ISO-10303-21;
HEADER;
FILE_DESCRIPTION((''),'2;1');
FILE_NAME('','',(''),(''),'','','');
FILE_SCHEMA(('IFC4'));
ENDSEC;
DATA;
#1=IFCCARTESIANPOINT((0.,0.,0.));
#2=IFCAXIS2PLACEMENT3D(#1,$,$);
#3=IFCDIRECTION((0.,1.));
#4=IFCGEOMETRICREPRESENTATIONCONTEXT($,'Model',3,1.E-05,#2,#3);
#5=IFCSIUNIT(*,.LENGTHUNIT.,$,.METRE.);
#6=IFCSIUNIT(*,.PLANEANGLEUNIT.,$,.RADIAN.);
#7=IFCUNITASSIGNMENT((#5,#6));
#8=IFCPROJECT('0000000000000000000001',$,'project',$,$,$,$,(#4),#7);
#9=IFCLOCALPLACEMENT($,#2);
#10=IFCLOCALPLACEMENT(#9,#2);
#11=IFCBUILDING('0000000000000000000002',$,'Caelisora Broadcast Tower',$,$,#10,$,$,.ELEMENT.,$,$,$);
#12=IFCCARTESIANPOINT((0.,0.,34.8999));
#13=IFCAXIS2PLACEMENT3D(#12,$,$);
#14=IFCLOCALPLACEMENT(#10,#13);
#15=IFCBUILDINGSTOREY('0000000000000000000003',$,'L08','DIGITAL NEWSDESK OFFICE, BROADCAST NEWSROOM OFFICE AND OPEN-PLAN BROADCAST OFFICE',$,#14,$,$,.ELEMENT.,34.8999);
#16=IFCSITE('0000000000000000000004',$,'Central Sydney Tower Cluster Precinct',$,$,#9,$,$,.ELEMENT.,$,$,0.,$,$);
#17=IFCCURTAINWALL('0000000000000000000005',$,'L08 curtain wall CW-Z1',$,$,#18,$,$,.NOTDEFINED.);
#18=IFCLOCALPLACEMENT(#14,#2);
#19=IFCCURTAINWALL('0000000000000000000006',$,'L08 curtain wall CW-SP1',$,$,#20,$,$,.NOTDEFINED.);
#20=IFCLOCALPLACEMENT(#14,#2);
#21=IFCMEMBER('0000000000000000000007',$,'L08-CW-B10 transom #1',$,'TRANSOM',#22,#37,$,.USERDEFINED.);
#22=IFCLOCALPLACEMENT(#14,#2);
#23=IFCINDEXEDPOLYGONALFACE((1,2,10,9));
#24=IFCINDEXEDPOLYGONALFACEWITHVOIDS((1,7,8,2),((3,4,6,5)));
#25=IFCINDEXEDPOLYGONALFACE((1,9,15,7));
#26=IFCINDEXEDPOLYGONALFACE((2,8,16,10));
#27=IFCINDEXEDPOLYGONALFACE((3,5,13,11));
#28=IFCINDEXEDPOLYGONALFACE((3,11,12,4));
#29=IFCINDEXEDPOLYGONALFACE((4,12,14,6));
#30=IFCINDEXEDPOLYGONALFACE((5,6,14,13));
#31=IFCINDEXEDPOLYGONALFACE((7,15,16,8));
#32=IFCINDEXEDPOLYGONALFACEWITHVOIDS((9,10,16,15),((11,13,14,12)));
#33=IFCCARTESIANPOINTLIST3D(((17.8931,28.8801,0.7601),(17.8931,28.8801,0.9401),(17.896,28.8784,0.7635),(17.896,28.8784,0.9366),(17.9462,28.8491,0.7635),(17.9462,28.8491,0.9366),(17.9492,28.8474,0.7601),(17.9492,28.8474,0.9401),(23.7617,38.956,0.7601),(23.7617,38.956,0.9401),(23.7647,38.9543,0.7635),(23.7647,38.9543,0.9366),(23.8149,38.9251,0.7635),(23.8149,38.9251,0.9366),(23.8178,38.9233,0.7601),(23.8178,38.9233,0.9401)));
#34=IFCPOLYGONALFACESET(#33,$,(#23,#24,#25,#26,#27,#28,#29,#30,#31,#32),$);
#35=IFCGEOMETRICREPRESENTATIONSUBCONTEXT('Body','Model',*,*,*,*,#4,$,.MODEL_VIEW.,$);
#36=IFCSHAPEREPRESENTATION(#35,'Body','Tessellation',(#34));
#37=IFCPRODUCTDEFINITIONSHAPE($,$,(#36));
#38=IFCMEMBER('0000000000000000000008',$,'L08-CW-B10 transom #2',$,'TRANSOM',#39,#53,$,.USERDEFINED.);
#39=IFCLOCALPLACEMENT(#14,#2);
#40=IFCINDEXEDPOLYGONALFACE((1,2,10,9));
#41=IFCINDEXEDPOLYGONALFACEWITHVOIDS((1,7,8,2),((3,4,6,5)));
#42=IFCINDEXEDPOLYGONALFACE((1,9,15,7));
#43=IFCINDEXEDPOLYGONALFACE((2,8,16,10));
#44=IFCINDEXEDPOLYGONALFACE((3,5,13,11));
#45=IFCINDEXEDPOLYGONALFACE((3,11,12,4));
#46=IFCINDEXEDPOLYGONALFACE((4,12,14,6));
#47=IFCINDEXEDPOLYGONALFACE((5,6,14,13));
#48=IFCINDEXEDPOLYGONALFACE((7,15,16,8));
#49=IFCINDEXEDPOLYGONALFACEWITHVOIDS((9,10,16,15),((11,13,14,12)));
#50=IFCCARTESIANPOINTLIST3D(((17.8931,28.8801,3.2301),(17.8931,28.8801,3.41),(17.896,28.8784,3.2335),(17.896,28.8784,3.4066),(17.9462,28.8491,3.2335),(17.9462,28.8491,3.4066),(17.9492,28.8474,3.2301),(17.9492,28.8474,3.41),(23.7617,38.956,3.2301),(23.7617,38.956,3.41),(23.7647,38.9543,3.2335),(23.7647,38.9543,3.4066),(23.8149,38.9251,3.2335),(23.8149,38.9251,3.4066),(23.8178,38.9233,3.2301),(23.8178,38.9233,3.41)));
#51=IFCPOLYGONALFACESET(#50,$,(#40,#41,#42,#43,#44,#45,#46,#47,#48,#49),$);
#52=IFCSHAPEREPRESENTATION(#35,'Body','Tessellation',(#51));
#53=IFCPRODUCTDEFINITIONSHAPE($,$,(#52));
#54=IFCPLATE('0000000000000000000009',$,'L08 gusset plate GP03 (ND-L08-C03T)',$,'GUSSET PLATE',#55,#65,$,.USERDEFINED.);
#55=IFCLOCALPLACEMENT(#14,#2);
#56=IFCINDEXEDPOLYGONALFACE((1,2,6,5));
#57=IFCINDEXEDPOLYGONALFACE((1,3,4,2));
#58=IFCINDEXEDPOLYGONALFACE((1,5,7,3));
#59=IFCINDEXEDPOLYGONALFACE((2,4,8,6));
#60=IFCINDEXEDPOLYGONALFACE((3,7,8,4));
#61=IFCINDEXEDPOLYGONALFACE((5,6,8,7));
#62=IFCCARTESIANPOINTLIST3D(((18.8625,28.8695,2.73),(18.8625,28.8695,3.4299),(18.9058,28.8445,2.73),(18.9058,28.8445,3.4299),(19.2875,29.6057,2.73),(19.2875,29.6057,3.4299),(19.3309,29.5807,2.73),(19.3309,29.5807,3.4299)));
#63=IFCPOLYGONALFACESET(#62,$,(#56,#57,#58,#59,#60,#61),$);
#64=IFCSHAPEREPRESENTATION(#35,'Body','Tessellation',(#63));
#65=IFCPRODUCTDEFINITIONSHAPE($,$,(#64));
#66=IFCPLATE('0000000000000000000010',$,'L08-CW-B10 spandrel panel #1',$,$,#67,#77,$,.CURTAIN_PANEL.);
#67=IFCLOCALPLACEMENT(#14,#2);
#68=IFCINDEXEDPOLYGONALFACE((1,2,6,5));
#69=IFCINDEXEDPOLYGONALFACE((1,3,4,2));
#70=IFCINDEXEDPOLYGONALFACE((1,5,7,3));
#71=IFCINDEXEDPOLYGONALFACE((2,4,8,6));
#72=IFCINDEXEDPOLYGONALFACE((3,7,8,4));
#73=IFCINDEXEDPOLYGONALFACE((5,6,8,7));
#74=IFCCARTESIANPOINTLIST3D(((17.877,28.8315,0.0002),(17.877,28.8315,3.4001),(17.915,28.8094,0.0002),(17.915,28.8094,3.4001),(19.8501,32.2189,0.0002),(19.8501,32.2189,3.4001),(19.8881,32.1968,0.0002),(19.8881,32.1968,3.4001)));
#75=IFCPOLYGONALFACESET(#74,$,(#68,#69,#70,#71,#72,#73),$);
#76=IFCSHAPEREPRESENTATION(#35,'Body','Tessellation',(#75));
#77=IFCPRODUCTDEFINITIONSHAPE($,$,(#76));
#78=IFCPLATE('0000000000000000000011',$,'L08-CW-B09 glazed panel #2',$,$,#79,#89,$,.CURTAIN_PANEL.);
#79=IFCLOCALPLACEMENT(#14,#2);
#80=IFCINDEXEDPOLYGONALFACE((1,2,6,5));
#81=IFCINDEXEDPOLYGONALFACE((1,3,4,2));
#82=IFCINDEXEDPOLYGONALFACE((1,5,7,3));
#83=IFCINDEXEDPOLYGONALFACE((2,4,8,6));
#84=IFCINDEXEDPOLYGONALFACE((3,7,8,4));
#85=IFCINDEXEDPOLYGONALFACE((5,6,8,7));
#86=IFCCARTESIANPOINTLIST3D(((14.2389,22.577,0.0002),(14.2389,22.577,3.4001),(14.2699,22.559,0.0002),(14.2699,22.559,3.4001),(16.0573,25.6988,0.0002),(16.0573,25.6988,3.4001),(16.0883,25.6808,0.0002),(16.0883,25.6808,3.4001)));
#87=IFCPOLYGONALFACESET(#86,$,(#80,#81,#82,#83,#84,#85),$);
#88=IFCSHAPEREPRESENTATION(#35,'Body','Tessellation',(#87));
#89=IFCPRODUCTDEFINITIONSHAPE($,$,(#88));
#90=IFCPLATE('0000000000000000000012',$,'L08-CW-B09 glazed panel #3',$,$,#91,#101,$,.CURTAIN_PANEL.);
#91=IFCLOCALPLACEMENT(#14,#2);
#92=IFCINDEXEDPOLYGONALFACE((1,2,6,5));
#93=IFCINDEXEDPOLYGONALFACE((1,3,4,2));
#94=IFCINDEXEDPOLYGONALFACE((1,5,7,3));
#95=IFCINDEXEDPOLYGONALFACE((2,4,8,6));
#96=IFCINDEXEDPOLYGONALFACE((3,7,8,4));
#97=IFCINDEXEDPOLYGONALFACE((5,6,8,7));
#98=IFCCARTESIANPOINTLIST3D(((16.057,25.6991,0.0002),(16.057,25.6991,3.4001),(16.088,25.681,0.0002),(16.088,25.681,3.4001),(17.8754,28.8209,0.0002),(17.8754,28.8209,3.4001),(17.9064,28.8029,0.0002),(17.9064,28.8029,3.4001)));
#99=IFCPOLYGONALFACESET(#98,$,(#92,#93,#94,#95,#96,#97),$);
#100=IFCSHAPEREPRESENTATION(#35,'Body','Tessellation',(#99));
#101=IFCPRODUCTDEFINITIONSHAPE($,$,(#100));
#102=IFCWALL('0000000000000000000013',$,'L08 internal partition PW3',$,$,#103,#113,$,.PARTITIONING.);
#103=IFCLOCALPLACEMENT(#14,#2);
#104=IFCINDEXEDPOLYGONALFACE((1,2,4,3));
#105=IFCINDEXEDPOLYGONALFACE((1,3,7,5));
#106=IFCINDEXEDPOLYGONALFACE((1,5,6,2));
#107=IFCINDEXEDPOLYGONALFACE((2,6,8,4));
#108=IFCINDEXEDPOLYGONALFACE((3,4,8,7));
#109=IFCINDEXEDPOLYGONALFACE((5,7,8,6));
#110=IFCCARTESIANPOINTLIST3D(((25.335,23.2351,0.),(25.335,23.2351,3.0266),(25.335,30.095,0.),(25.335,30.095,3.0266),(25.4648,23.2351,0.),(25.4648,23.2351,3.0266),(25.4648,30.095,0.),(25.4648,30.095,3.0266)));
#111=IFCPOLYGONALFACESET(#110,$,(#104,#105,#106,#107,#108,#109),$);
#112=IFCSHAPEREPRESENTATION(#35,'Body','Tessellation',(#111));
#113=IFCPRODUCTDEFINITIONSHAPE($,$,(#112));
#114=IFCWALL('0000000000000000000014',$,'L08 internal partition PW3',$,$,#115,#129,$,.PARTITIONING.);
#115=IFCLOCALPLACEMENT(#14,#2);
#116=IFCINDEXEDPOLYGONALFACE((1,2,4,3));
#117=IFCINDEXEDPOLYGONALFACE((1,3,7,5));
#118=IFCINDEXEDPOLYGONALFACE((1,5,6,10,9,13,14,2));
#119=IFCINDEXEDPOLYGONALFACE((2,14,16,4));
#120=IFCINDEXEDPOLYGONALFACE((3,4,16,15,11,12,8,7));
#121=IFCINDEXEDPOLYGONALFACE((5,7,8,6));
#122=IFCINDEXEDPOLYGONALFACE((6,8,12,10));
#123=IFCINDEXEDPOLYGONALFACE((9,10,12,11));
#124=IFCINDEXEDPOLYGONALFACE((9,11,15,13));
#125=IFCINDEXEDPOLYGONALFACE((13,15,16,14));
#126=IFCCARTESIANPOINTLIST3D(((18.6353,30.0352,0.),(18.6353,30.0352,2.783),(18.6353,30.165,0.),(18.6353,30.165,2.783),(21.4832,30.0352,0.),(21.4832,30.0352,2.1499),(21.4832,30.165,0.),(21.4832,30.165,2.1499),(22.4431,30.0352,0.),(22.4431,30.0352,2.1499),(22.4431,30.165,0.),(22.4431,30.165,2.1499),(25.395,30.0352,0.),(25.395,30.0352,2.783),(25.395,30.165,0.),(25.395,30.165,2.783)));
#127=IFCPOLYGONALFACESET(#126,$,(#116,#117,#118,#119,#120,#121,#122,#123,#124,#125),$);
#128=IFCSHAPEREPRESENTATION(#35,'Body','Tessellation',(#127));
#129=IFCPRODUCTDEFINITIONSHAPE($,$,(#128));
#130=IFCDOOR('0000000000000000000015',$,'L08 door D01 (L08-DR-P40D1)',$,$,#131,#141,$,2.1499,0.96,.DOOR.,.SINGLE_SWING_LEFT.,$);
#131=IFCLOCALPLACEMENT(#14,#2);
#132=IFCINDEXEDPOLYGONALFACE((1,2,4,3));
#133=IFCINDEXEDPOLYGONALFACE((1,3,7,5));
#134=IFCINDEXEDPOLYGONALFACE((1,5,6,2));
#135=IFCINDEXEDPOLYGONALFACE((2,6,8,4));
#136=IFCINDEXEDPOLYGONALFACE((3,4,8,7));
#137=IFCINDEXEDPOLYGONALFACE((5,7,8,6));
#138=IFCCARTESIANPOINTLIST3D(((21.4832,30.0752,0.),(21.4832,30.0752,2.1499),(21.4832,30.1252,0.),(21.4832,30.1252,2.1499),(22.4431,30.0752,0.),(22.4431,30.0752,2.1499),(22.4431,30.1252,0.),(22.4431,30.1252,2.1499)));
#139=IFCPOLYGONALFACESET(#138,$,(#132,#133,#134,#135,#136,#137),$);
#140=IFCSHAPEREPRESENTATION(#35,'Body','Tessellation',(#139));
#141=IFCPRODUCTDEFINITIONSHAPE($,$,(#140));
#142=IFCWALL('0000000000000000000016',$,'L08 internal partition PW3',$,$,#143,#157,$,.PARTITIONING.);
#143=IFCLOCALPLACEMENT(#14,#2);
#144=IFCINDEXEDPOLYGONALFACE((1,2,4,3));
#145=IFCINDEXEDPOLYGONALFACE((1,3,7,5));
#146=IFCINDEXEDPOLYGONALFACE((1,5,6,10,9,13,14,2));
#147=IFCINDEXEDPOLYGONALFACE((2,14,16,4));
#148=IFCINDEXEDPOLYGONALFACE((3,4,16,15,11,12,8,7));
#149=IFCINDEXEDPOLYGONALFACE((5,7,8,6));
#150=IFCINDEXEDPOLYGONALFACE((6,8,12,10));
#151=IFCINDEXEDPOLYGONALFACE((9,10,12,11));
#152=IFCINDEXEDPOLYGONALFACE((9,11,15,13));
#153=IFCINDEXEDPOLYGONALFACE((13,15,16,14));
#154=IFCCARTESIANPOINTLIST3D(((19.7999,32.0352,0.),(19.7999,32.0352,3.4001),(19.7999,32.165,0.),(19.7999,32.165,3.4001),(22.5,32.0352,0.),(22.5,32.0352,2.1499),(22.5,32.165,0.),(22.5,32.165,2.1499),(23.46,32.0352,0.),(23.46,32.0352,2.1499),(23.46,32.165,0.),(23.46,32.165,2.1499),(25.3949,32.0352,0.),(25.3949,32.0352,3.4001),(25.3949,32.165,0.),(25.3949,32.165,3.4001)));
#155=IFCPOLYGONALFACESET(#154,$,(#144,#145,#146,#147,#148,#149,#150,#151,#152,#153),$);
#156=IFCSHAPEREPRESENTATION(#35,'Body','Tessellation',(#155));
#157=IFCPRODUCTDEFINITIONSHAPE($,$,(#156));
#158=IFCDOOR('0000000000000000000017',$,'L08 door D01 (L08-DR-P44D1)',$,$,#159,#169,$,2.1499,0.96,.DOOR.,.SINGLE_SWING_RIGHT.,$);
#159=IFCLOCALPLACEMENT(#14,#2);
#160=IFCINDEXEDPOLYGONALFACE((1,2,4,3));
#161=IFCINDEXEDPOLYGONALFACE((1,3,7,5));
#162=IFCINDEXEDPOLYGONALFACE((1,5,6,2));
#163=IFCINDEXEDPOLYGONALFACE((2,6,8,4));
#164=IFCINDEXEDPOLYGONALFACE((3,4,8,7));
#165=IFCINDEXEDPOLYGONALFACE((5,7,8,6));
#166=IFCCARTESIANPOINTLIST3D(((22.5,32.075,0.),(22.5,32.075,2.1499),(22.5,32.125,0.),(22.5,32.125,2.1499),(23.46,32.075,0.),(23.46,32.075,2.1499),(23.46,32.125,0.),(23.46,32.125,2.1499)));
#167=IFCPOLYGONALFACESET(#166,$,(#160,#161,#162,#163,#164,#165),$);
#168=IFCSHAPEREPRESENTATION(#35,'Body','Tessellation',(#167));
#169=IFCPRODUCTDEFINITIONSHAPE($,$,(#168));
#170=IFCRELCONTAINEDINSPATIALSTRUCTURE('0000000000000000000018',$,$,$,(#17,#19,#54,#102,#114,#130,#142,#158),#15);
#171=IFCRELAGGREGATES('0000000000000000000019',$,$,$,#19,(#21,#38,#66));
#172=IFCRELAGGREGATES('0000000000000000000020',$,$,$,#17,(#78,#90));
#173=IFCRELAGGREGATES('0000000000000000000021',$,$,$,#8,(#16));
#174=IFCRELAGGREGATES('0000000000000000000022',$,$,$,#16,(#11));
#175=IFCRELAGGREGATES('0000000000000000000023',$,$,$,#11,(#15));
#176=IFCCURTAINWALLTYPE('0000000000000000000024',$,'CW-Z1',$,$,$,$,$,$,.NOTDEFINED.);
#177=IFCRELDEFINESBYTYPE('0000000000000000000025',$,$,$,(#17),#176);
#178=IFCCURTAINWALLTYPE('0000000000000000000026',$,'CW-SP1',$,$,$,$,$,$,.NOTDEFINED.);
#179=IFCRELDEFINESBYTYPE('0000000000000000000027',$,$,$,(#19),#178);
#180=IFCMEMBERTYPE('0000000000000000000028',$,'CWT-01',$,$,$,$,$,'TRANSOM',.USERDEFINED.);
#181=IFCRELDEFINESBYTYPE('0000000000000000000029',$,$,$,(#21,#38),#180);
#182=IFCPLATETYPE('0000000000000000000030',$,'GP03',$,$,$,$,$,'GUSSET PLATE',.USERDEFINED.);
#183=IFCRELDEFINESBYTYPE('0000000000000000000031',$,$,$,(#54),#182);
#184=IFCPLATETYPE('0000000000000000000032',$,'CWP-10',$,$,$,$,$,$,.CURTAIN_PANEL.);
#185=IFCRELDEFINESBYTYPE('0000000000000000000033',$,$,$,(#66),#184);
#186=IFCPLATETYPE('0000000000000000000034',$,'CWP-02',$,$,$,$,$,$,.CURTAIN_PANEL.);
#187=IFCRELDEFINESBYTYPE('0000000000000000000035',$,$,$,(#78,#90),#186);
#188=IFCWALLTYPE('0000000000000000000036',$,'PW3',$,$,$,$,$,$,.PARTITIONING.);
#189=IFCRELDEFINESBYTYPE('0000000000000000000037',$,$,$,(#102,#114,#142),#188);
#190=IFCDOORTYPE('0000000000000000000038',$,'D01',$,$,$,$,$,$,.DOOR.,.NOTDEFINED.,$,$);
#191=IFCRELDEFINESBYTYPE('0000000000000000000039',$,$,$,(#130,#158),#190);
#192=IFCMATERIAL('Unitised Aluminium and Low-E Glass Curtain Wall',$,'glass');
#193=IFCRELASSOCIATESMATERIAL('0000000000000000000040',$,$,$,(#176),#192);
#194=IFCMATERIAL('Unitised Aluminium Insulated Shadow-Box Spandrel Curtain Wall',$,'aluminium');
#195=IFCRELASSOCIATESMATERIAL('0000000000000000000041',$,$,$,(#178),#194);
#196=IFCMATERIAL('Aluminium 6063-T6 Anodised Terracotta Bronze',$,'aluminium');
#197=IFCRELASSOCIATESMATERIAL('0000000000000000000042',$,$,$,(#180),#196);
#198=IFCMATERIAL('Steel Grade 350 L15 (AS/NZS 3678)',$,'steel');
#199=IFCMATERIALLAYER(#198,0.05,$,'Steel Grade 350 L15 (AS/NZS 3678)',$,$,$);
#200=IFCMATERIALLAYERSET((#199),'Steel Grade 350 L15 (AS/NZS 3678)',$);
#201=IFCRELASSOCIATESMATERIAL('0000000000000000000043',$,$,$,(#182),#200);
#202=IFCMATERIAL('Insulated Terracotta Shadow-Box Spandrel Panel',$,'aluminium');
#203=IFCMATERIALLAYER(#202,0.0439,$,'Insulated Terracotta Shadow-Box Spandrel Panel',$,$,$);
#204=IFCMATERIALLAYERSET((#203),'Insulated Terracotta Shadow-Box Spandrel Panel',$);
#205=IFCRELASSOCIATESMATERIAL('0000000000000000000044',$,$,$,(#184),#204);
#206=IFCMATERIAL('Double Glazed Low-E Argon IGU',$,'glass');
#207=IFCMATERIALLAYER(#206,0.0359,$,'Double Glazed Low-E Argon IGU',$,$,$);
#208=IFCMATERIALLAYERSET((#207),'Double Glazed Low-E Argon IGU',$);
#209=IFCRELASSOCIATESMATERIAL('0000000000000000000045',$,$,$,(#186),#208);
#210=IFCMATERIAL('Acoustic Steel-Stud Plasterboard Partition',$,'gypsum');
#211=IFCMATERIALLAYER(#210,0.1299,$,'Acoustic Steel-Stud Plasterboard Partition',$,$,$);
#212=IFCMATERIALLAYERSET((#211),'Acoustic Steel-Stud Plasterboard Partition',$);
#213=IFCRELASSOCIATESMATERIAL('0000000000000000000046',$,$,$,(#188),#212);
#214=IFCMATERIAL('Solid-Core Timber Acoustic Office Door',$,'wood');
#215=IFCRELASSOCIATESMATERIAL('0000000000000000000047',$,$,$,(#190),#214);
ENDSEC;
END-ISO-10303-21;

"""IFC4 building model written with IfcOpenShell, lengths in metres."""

from ifc_helpers import new_model, si_unit, direction, frame, frame_2d, origin, origin_2d, place, context, subcontext, project, spatial, rectangle, hollow_rectangle, extrude, source, transform, mapped, material, layer, layer_set, material_profile, profile_set, type_object, type_shapes, element, fill, aggregate, save


model = new_model("IFC4")

# Units and contexts
model_context = context("Model", 3, precision=1e-05, world=origin(), true_north=direction((0.0, 1.0)))
body_context = subcontext(model_context, "Body", "Model", "MODEL_VIEW")
ifc_project = project(units=[si_unit("LENGTHUNIT", "METRE"), si_unit("PLANEANGLEUNIT", "RADIAN")], contexts=[model_context])

# Site, building, storey
site_placement = place(None, origin())
site = spatial("IfcSite", under=ifc_project, at=site_placement, Name="Central Sydney Tower Cluster Precinct", CompositionType="ELEMENT", RefElevation=0.0)
building_placement = place(site_placement, origin())
building = spatial("IfcBuilding", under=site, at=building_placement, Name="Caelisora Broadcast Tower", CompositionType="ELEMENT")
storey_placement = place(building_placement, frame((0.0, 0.0, 34.8999)))
storey = spatial("IfcBuildingStorey", under=building, at=storey_placement, Name="L08", Description="DIGITAL NEWSDESK OFFICE, BROADCAST NEWSROOM OFFICE AND OPEN-PLAN BROADCAST OFFICE", CompositionType="ELEMENT", Elevation=34.8999)

# Shared definitions
ifc_material_1 = material(Name="Steel Grade 350 L15 (AS/NZS 3678)", Category="steel")

# Curtain walls, members
ifc_material_2 = material(Name="Unitised Aluminium and Low-E Glass Curtain Wall", Category="glass")
curtain_wall_type_1 = type_object("IfcCurtainWallType", Name="CW-Z1", PredefinedType="NOTDEFINED", material=ifc_material_2)
curtain_wall_1_placement = place(storey_placement, origin())
curtain_wall_1 = element("IfcCurtainWall", 1, at=curtain_wall_1_placement, inside=storey, type_object=curtain_wall_type_1, Name="L08 curtain wall CW-Z1", PredefinedType="NOTDEFINED")
ifc_material_3 = material(Name="Aluminium 6063-T6 Anodised Terracotta Bronze", Category="aluminium")
ifc_material_4 = material(Name="Unitised Aluminium Insulated Shadow-Box Spandrel Curtain Wall", Category="aluminium")
curtain_wall_type_2 = type_object("IfcCurtainWallType", Name="CW-SP1", PredefinedType="NOTDEFINED", material=ifc_material_4)
curtain_wall_2_placement = place(storey_placement, origin())
curtain_wall_2 = element("IfcCurtainWall", 2, at=curtain_wall_2_placement, inside=storey, type_object=curtain_wall_type_2, Name="L08 curtain wall CW-SP1", PredefinedType="NOTDEFINED")
ifc_material_profile_1 = material_profile(ifc_material_3, hollow_rectangle(XDim=0.0649, YDim=0.1799, WallThickness=0.0034, at=origin_2d()), Name="Aluminium 6063-T6 Anodised Terracotta Bronze")
ifc_profile_set_1 = profile_set([ifc_material_profile_1], Name="Aluminium 6063-T6 Anodised Terracotta Bronze")
member_type_1 = type_object("IfcMemberType", Name="CWT-01", ElementType="TRANSOM", PredefinedType="USERDEFINED", material=ifc_profile_set_1)
shared_shape_1 = source(origin(), body_context, "Body", "SweptSolid", [
    extrude(hollow_rectangle(XDim=0.0649, YDim=0.1799, WallThickness=0.0034, at=origin_2d()), origin(), (0.0, 0.0, 1.0), 11.6604),
])
type_shapes(member_type_1, [shared_shape_1])
member_1_placement = place(storey_placement, frame((17.9211, 28.8638, 0.8501), z_axis=(0.503297, 0.864114, 0.0), x_axis=(-0.864114, 0.503297, 0.0)))
member_1 = element("IfcMember", 3, at=member_1_placement, type_object=member_type_1, Name="L08-CW-B10 transom #1", ObjectType="TRANSOM", PredefinedType="USERDEFINED", context=body_context, shape_type="MappedRepresentation", body=[
    mapped(shared_shape_1, transform((0.0, 0.0, 0.0), scale=1.0)),
])
member_2_placement = place(storey_placement, frame((17.9211, 28.8638, 3.3201), z_axis=(0.503297, 0.864114, 0.0), x_axis=(-0.864114, 0.503297, 0.0)))
member_2 = element("IfcMember", 4, at=member_2_placement, type_object=member_type_1, Name="L08-CW-B10 transom #2", ObjectType="TRANSOM", PredefinedType="USERDEFINED", context=body_context, shape_type="MappedRepresentation", body=[
    mapped(shared_shape_1, transform((0.0, 0.0, 0.0), scale=1.0)),
])

# Plates
ifc_layer_1 = layer(ifc_material_1, 0.05, Name="Steel Grade 350 L15 (AS/NZS 3678)")
ifc_layer_set_1 = layer_set([ifc_layer_1], Name="Steel Grade 350 L15 (AS/NZS 3678)")
plate_type_1 = type_object("IfcPlateType", Name="GP03", ElementType="GUSSET PLATE", PredefinedType="USERDEFINED", material=ifc_layer_set_1)
shared_shape_2 = source(origin(), body_context, "Body", "SweptSolid", [
    extrude(rectangle(XDim=0.8501, YDim=0.05, at=origin_2d()), origin(), (0.0, 0.0, 1.0), 0.7),
])
type_shapes(plate_type_1, [shared_shape_2])
plate_1_placement = place(storey_placement, frame((19.0967, 29.2251, 2.73), z_axis=(0.0, 0.0, 1.0), x_axis=(-0.5, -0.866025, 0.0)))
element("IfcPlate", 5, at=plate_1_placement, inside=storey, type_object=plate_type_1, Name="L08 gusset plate GP03 (ND-L08-C03T)", ObjectType="GUSSET PLATE", PredefinedType="USERDEFINED", context=body_context, shape_type="MappedRepresentation", body=[
    mapped(shared_shape_2, transform((0.0, 0.0, 0.0), scale=1.0)),
])
ifc_material_5 = material(Name="Insulated Terracotta Shadow-Box Spandrel Panel", Category="aluminium")
ifc_layer_2 = layer(ifc_material_5, 0.0439, Name="Insulated Terracotta Shadow-Box Spandrel Panel")
ifc_layer_set_2 = layer_set([ifc_layer_2], Name="Insulated Terracotta Shadow-Box Spandrel Panel")
plate_type_2 = type_object("IfcPlateType", Name="CWP-10", PredefinedType="CURTAIN_PANEL", material=ifc_layer_set_2)
shared_shape_3 = source(origin(), body_context, "Body", "SweptSolid", [
    extrude(rectangle(XDim=3.9202, YDim=0.0439, at=origin_2d()), origin(), (0.0, 0.0, 1.0), 3.3999),
])
type_shapes(plate_type_2, [shared_shape_3])
plate_2_placement = place(storey_placement, frame((18.8826, 30.5142, 0.0002), z_axis=(0.0, 0.0, 1.0), x_axis=(0.503322, 0.864099, 0.0)))
plate_2 = element("IfcPlate", 6, at=plate_2_placement, type_object=plate_type_2, Name="L08-CW-B10 spandrel panel #1", PredefinedType="CURTAIN_PANEL", context=body_context, shape_type="MappedRepresentation", body=[
    mapped(shared_shape_3, transform((0.0, 0.0, 0.0), scale=1.0)),
])
aggregate(curtain_wall_2, [member_1, member_2, plate_2])
ifc_material_6 = material(Name="Double Glazed Low-E Argon IGU", Category="glass")
ifc_layer_3 = layer(ifc_material_6, 0.0359, Name="Double Glazed Low-E Argon IGU")
ifc_layer_set_3 = layer_set([ifc_layer_3], Name="Double Glazed Low-E Argon IGU")
plate_type_3 = type_object("IfcPlateType", Name="CWP-02", PredefinedType="CURTAIN_PANEL", material=ifc_layer_set_3)
shared_shape_4 = source(origin(), body_context, "Body", "SweptSolid", [
    extrude(rectangle(XDim=3.6128, YDim=0.0359, at=origin_2d()), origin(), (0.0, 0.0, 1.0), 3.3999),
])
type_shapes(plate_type_3, [shared_shape_4])
plate_3_placement = place(storey_placement, frame((15.1636, 24.1289, 0.0002), z_axis=(0.0, 0.0, 1.0), x_axis=(0.503322, 0.864099, 0.0)))
plate_3 = element("IfcPlate", 7, at=plate_3_placement, type_object=plate_type_3, Name="L08-CW-B09 glazed panel #2", PredefinedType="CURTAIN_PANEL", context=body_context, shape_type="MappedRepresentation", body=[
    mapped(shared_shape_4, transform((0.0, 0.0, 0.0), scale=1.0)),
])
plate_4_placement = place(storey_placement, frame((16.9817, 27.251, 0.0002), z_axis=(0.0, 0.0, 1.0), x_axis=(0.503322, 0.864099, 0.0)))
plate_4 = element("IfcPlate", 8, at=plate_4_placement, type_object=plate_type_3, Name="L08-CW-B09 glazed panel #3", PredefinedType="CURTAIN_PANEL", context=body_context, shape_type="MappedRepresentation", body=[
    mapped(shared_shape_4, transform((0.0, 0.0, 0.0), scale=1.0)),
])
aggregate(curtain_wall_1, [plate_3, plate_4])

# Wall
ifc_material_7 = material(Name="Acoustic Steel-Stud Plasterboard Partition", Category="gypsum")
ifc_layer_4 = layer(ifc_material_7, 0.1299, Name="Acoustic Steel-Stud Plasterboard Partition")
ifc_layer_set_4 = layer_set([ifc_layer_4], Name="Acoustic Steel-Stud Plasterboard Partition")
wall_type = type_object("IfcWallType", Name="PW3", PredefinedType="PARTITIONING", material=ifc_layer_set_4)
wall_1_placement = place(storey_placement, frame((25.3999, 23.2351, 0.0), z_axis=(0.0, 0.0, 1.0), x_axis=(0.0, 1.0, 0.0)))
element("IfcWall", 9, at=wall_1_placement, inside=storey, type_object=wall_type, Name="L08 internal partition PW3", PredefinedType="PARTITIONING", context=body_context, shape_type="SweptSolid", body=[
    extrude(rectangle(XDim=6.8599, YDim=0.1299, at=frame_2d((3.4299, 0.0))), origin(), (0.0, 0.0, 1.0), 3.0266),
])

# Walls, openings, doors
wall_2_placement = place(storey_placement, frame((25.395, 30.1001, 0.0), z_axis=(0.0, 0.0, 1.0), x_axis=(-1.0, 0.0, 0.0)))
wall_2 = element("IfcWall", 10, at=wall_2_placement, inside=storey, type_object=wall_type, Name="L08 internal partition PW3", PredefinedType="PARTITIONING", context=body_context, shape_type="SweptSolid", body=[
    extrude(rectangle(XDim=6.7598, YDim=0.1299, at=frame_2d((3.3799, 0.0))), origin(), (0.0, 0.0, 1.0), 2.783),
])
opening_1_placement = place(wall_2_placement, frame((2.9519, 0.0, 0.0)))
opening_1 = element("IfcOpeningElement", 11, at=opening_1_placement, cuts=wall_2, PredefinedType="OPENING", context=body_context, shape_type="SweptSolid", body=[
    extrude(rectangle(XDim=0.96, YDim=2.1499, at=frame_2d((0.48, 1.075))), frame((0.0, 0.0769, 0.0), z_axis=(0.0, -1.0, 0.0), x_axis=(1.0, 0.0, 0.0)), (0.0, 0.0, 1.0), 0.1538),
])
ifc_material_8 = material(Name="Solid-Core Timber Acoustic Office Door", Category="wood")
door_type = type_object("IfcDoorType", Name="D01", OperationType="NOTDEFINED", PredefinedType="DOOR", material=ifc_material_8)
door_1_placement = place(opening_1_placement, origin())
door_1 = element("IfcDoor", 12, at=door_1_placement, inside=storey, type_object=door_type, Name="L08 door D01 (L08-DR-P40D1)", OperationType="SINGLE_SWING_LEFT", OverallHeight=2.1499, OverallWidth=0.96, PredefinedType="DOOR", context=body_context, shape_type="SweptSolid", body=[
    extrude(rectangle(XDim=0.96, YDim=2.1499, at=frame_2d((0.48, 1.075))), frame((0.0, 0.0249, 0.0), z_axis=(0.0, -1.0, 0.0), x_axis=(1.0, 0.0, 0.0)), (0.0, 0.0, 1.0), 0.05),
])
fill(opening_1, door_1)
wall_3_placement = place(storey_placement, frame((19.8, 32.1001, 0.0), z_axis=(0.0, 0.0, 1.0), x_axis=(1.0, 0.0, 0.0)))
wall_3 = element("IfcWall", 13, at=wall_3_placement, inside=storey, type_object=wall_type, Name="L08 internal partition PW3", PredefinedType="PARTITIONING", context=body_context, shape_type="SweptSolid", body=[
    extrude(rectangle(XDim=5.595, YDim=0.1299, at=frame_2d((2.7974, 0.0))), origin(), (0.0, 0.0, 1.0), 3.4001),
])
opening_2_placement = place(wall_3_placement, frame((2.7, 0.0, 0.0)))
opening_2 = element("IfcOpeningElement", 14, at=opening_2_placement, cuts=wall_3, PredefinedType="OPENING", context=body_context, shape_type="SweptSolid", body=[
    extrude(rectangle(XDim=0.96, YDim=2.1499, at=frame_2d((0.48, 1.075))), frame((0.0, 0.0769, 0.0), z_axis=(0.0, -1.0, 0.0), x_axis=(1.0, 0.0, 0.0)), (0.0, 0.0, 1.0), 0.1538),
])
door_2_placement = place(opening_2_placement, origin())
door_2 = element("IfcDoor", 15, at=door_2_placement, inside=storey, type_object=door_type, Name="L08 door D01 (L08-DR-P44D1)", OperationType="SINGLE_SWING_RIGHT", OverallHeight=2.1499, OverallWidth=0.96, PredefinedType="DOOR", context=body_context, shape_type="SweptSolid", body=[
    extrude(rectangle(XDim=0.96, YDim=2.1499, at=frame_2d((0.48, 1.075))), frame((0.0, 0.0249, 0.0), z_axis=(0.0, -1.0, 0.0), x_axis=(1.0, 0.0, 0.0)), (0.0, 0.0, 1.0), 0.05),
])
fill(opening_2, door_2)

save(model, "model.ifc")
